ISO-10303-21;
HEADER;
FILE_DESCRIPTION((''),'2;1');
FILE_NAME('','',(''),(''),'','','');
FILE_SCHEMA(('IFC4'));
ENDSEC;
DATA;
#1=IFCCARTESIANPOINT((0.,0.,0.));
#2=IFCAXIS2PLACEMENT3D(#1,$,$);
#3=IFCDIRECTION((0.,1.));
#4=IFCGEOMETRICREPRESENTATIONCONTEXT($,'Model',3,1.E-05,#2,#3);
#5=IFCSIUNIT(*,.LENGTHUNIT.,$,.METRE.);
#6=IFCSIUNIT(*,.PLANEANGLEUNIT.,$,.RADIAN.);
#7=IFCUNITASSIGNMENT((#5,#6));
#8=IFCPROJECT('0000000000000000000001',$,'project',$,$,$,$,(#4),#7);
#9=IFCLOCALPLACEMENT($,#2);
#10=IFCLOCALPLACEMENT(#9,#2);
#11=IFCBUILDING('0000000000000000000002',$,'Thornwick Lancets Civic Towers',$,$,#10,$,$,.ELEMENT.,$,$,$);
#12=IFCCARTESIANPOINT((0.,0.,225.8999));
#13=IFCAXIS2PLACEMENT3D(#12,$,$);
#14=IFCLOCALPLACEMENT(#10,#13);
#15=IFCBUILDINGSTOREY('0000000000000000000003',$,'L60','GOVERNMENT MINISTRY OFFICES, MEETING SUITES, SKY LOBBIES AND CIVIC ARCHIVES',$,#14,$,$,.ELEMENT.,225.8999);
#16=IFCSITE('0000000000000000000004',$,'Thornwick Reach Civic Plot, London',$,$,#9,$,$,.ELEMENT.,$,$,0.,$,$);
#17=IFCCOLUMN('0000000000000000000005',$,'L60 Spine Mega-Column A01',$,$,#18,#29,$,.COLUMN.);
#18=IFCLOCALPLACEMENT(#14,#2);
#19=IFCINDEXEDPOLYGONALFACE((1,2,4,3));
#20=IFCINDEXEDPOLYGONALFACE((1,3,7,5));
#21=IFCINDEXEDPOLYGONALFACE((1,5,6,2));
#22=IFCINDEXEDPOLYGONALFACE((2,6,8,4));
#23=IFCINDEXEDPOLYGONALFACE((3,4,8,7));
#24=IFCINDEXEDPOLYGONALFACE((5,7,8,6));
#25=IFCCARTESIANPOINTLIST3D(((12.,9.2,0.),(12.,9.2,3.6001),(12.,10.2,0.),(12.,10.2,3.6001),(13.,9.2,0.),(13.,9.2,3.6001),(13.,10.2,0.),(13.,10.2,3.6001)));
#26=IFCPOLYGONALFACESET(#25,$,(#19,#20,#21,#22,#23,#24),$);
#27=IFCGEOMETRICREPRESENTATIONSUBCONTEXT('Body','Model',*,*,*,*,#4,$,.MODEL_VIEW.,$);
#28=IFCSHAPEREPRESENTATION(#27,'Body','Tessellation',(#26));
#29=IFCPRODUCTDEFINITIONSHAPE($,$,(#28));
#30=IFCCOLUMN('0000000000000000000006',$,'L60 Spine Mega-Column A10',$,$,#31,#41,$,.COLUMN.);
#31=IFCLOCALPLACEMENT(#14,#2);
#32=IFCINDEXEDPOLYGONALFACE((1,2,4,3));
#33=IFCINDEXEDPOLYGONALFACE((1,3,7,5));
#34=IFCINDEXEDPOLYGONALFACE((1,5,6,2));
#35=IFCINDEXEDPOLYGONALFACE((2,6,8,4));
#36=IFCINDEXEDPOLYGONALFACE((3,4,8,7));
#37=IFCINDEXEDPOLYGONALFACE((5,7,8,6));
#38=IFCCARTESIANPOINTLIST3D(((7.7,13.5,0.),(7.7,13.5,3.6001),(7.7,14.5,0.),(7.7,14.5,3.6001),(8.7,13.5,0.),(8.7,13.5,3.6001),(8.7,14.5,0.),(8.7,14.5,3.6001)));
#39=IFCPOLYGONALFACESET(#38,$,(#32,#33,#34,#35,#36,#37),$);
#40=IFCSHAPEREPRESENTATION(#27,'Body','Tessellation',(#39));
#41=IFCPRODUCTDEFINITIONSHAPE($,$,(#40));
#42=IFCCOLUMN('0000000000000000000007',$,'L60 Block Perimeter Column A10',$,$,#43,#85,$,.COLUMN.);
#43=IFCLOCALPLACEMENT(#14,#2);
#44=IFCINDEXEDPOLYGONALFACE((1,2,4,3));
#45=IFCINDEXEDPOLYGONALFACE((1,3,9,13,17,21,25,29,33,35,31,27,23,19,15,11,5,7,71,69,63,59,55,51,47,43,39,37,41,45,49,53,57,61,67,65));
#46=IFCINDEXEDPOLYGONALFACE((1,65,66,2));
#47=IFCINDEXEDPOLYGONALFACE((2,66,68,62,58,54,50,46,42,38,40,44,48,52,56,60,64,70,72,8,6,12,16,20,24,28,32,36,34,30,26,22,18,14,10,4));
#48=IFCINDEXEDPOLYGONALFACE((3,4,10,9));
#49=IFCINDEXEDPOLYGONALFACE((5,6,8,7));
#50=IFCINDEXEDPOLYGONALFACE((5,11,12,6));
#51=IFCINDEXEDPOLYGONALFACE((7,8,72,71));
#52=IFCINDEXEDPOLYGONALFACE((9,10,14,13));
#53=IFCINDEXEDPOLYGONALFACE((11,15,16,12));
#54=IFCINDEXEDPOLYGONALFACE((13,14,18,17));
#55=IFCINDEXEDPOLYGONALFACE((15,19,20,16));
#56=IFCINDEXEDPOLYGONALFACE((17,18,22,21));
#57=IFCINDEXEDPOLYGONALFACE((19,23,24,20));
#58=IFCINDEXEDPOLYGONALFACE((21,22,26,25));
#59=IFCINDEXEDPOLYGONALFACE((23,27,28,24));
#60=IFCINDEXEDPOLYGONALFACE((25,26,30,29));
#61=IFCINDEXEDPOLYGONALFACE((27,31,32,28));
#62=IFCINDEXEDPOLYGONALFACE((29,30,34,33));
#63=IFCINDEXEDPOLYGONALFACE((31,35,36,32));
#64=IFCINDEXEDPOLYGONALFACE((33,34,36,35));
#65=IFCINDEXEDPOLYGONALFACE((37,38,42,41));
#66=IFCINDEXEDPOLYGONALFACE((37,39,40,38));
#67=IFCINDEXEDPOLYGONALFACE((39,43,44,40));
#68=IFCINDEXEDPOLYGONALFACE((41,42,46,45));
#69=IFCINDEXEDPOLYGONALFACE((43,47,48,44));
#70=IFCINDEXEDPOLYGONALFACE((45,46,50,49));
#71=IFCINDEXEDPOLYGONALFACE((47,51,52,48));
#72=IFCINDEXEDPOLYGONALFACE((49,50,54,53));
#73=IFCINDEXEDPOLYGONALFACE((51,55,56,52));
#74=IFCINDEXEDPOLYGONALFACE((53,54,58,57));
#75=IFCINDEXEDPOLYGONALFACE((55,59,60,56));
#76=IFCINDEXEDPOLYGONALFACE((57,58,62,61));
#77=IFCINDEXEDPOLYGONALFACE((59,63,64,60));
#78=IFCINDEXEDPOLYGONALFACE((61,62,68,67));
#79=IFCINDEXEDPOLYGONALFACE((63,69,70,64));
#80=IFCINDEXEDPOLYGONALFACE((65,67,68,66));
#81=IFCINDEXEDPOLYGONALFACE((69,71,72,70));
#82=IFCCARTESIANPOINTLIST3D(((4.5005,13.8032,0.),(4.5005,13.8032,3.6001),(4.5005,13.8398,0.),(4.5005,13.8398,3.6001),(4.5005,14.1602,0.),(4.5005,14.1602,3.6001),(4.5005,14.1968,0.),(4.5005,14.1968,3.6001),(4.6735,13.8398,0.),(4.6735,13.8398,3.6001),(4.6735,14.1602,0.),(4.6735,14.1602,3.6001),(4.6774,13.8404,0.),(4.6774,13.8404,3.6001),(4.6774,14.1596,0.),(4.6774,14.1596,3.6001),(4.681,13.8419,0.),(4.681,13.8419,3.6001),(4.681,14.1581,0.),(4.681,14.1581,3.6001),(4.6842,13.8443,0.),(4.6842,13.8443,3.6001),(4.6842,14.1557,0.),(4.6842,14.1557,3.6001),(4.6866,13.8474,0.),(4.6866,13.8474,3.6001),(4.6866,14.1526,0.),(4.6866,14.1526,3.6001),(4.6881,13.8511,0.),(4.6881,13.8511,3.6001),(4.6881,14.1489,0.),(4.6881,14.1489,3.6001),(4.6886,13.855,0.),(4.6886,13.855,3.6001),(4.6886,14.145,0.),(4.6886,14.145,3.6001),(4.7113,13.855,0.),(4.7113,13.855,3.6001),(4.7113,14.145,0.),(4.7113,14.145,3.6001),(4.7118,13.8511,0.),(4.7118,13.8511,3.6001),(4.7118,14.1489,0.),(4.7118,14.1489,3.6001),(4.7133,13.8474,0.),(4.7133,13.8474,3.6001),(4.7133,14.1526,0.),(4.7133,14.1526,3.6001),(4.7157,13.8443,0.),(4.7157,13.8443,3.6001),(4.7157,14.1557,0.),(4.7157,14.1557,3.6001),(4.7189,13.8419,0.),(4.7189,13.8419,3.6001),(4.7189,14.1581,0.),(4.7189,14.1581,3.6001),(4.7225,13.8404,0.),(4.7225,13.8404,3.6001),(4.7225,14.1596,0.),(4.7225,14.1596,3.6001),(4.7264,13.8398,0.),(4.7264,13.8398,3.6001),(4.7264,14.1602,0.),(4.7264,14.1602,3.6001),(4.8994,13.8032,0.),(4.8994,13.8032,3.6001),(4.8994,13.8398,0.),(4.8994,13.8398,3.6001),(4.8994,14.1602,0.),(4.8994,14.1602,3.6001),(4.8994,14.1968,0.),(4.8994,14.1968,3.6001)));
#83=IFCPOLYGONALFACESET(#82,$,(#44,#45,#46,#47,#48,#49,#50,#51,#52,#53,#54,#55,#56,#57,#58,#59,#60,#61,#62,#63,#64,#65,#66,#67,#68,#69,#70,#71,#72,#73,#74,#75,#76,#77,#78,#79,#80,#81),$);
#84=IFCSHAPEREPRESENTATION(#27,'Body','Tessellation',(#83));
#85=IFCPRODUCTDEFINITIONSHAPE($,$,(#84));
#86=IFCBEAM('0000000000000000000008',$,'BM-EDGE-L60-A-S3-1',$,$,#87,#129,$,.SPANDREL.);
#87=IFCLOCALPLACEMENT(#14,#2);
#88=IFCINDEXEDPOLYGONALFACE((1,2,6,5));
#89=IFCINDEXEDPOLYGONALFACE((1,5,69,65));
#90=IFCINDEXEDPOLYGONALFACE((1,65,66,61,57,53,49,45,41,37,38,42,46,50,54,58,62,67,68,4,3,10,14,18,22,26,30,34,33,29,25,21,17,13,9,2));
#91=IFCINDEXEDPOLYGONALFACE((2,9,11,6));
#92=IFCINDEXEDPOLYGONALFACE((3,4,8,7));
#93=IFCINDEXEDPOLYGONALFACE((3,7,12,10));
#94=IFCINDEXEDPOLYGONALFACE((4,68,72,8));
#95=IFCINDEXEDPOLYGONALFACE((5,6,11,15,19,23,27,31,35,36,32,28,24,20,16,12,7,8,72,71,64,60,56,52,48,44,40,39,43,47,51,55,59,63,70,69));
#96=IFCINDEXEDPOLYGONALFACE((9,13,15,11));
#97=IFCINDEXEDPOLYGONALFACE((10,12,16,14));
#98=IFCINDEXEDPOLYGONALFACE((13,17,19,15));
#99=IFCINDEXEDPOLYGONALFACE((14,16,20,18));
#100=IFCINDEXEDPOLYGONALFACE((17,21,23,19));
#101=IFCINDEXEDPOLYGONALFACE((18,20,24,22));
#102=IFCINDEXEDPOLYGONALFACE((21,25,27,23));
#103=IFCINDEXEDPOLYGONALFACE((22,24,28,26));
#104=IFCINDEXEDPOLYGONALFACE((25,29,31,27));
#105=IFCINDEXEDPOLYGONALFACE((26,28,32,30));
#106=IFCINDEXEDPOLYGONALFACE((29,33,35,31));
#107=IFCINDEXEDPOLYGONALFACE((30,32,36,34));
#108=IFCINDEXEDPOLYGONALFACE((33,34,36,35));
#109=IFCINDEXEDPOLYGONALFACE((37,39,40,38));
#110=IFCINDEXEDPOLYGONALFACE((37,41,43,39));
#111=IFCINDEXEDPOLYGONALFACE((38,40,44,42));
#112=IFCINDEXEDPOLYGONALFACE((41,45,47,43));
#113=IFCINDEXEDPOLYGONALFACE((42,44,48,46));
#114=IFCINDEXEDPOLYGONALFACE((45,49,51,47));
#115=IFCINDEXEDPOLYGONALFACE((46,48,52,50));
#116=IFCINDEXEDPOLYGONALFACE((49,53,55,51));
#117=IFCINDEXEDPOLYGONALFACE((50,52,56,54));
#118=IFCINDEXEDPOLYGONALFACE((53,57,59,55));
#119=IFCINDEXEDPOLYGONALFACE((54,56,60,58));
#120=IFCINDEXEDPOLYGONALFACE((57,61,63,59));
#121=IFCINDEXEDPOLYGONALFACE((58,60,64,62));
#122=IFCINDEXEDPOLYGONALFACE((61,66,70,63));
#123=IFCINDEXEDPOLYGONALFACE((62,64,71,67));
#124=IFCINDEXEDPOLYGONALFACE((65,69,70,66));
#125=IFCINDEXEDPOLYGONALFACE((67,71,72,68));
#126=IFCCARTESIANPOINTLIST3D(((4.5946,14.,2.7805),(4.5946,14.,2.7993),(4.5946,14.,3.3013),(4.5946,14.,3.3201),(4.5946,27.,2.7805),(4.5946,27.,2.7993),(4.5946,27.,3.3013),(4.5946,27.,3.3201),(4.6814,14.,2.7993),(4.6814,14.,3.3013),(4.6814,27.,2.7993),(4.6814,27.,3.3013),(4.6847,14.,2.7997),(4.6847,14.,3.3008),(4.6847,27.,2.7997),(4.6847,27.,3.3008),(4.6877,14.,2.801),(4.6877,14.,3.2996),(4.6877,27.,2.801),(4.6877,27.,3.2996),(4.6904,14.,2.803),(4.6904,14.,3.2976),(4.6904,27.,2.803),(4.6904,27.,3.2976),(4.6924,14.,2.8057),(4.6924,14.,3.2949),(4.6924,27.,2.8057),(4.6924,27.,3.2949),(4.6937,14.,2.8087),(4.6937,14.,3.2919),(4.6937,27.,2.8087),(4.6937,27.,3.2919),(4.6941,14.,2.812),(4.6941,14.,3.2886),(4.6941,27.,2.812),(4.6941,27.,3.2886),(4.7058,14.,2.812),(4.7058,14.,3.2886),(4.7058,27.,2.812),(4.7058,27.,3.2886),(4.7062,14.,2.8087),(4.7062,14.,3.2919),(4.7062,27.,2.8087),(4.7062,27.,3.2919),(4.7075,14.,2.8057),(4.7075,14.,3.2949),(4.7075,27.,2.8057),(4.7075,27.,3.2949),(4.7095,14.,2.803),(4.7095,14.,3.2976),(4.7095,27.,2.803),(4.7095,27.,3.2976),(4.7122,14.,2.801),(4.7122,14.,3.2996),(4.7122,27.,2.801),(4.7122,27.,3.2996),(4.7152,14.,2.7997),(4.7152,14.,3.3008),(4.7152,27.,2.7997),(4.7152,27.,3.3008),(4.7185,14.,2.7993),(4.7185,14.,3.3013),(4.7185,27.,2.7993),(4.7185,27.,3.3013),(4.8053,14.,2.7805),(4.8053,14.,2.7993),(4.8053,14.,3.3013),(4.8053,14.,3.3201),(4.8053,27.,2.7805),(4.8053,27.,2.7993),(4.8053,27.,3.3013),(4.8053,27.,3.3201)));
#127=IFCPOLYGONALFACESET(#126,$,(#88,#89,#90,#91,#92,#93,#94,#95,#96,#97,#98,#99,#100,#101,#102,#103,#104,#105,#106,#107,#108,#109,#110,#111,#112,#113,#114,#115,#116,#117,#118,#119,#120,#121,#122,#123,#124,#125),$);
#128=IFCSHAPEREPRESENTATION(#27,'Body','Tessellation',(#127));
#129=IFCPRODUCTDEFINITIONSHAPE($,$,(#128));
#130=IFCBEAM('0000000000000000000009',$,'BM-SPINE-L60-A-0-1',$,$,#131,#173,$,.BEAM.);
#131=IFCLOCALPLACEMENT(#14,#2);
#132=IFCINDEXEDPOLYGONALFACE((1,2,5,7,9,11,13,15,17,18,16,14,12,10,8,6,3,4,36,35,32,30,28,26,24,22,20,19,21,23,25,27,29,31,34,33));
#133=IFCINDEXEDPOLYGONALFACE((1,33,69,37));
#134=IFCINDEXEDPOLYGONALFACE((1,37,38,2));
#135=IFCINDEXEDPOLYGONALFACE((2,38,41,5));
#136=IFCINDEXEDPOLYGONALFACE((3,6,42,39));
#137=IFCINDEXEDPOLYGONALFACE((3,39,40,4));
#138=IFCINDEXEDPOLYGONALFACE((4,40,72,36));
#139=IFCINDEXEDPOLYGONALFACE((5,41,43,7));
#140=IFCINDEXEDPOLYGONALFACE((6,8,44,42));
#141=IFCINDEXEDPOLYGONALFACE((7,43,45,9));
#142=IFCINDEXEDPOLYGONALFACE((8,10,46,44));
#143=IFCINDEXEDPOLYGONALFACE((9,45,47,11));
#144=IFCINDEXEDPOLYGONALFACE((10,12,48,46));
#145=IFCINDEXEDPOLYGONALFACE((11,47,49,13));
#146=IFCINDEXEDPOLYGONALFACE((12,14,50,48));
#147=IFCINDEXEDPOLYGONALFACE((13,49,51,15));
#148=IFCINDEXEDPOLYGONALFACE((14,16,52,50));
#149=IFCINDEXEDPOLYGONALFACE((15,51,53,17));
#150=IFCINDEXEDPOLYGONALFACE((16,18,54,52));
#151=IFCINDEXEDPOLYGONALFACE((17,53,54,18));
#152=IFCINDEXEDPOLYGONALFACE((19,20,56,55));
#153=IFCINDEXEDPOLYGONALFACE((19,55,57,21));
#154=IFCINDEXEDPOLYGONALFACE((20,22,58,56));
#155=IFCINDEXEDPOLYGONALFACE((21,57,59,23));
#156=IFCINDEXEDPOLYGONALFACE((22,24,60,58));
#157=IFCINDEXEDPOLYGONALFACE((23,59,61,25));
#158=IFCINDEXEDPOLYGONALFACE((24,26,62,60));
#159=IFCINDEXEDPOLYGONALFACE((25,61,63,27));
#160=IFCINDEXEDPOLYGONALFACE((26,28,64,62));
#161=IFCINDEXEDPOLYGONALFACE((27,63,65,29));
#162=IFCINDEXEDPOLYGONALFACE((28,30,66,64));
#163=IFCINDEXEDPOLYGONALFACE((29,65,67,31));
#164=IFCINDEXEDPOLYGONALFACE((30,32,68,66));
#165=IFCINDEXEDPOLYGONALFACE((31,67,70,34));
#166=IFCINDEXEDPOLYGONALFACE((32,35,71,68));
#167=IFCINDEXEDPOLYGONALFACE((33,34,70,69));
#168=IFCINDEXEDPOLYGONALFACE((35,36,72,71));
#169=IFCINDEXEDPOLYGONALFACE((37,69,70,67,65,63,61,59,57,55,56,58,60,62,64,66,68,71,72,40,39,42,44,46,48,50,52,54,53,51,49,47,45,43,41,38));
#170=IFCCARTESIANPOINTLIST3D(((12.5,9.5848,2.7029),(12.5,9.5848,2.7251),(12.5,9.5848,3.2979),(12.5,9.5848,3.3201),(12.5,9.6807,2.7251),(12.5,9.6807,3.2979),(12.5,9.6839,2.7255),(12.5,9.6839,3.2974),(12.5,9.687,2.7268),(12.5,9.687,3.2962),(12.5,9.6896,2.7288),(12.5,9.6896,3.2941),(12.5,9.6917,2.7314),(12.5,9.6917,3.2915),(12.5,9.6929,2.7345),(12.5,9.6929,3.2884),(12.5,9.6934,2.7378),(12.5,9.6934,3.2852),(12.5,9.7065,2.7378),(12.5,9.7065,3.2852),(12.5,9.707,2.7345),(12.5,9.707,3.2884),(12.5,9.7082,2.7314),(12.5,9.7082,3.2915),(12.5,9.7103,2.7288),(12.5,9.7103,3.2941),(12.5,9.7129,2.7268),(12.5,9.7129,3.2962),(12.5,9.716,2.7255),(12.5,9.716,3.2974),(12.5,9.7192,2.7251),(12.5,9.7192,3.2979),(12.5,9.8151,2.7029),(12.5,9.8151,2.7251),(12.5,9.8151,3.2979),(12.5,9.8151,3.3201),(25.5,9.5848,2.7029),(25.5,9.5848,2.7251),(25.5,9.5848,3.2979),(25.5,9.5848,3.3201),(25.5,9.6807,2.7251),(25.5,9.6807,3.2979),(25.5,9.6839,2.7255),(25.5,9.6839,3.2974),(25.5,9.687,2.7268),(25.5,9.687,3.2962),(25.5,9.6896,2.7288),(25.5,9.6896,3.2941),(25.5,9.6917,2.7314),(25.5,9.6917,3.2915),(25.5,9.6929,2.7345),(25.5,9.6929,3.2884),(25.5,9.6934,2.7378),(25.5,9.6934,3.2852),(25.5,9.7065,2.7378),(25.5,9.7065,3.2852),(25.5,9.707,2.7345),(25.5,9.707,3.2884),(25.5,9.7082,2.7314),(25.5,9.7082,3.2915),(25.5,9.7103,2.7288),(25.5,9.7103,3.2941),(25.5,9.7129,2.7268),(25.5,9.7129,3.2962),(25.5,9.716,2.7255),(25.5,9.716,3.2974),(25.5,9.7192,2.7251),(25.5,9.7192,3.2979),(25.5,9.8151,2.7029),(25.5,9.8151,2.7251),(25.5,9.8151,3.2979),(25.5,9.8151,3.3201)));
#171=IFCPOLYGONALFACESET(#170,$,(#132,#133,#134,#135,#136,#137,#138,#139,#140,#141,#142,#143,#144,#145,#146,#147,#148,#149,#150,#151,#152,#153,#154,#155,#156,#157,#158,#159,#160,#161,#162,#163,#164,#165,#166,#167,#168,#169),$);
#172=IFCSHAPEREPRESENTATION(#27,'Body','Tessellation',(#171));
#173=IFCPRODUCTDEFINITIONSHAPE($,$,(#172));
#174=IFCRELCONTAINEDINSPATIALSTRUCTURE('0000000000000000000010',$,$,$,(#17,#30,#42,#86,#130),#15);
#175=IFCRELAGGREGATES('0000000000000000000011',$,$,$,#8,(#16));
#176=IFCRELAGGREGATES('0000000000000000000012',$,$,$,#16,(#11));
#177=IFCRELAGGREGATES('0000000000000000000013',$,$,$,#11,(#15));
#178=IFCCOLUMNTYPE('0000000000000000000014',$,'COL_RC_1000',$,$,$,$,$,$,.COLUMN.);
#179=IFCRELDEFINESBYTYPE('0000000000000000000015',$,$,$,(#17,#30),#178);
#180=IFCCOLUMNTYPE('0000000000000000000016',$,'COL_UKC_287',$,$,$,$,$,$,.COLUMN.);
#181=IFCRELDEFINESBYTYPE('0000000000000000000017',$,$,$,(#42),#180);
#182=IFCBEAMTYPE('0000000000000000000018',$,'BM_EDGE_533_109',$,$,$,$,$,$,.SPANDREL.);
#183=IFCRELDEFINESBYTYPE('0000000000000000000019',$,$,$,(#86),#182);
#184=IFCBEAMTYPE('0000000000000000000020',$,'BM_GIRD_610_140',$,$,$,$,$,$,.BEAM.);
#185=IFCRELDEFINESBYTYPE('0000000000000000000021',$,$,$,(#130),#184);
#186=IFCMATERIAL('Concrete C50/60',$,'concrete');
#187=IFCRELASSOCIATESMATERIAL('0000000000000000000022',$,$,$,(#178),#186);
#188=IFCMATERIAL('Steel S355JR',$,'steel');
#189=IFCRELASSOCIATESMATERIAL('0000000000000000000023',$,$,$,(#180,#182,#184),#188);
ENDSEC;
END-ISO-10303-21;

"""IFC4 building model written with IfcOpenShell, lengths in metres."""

from ifc_helpers import new_model, si_unit, direction, frame, origin, origin_2d, place, context, subcontext, project, spatial, rectangle, i_section, extrude, material, material_profile, profile_set, type_object, element, save


model = new_model("IFC4")

# Units and contexts
model_context = context("Model", 3, precision=1e-05, world=origin(), true_north=direction((0.0, 1.0)))
body_context = subcontext(model_context, "Body", "Model", "MODEL_VIEW")
ifc_project = project(units=[si_unit("LENGTHUNIT", "METRE"), si_unit("PLANEANGLEUNIT", "RADIAN")], contexts=[model_context])

# Site, building, storey
site_placement = place(None, origin())
site = spatial("IfcSite", under=ifc_project, at=site_placement, Name="Thornwick Reach Civic Plot, London", CompositionType="ELEMENT", RefElevation=0.0)
building_placement = place(site_placement, origin())
building = spatial("IfcBuilding", under=site, at=building_placement, Name="Thornwick Lancets Civic Towers", CompositionType="ELEMENT")
storey_placement = place(building_placement, frame((0.0, 0.0, 225.8999)))
storey = spatial("IfcBuildingStorey", under=building, at=storey_placement, Name="L60", Description="GOVERNMENT MINISTRY OFFICES, MEETING SUITES, SKY LOBBIES AND CIVIC ARCHIVES", CompositionType="ELEMENT", Elevation=225.8999)

# Columns
ifc_material_1 = material(Name="Concrete C50/60", Category="concrete")
ifc_material_profile_1 = material_profile(ifc_material_1, rectangle(XDim=1.0, YDim=1.0, at=origin_2d()), Name="RC 1000x1000")
ifc_profile_set_1 = profile_set([ifc_material_profile_1], Name="Concrete C50/60")
column_type_1 = type_object("IfcColumnType", Name="COL_RC_1000", PredefinedType="COLUMN", material=ifc_profile_set_1)
for number, where, z_axis, x_axis, name in (
    (1, (12.5, 9.7, 0.0), (0.0, 0.0, 1.0), (1.0, 0.0, 0.0), "L60 Spine Mega-Column A01"),
    (2, (8.2, 14.0, 0.0), (0.0, 0.0, 1.0), (1.0, 0.0, 0.0), "L60 Spine Mega-Column A10"),
):
    element("IfcColumn", number, at=place(storey_placement, frame(where, z_axis=z_axis, x_axis=x_axis)), inside=storey, type_object=column_type_1, Name=name, PredefinedType="COLUMN", context=body_context, shape_type="SweptSolid", body=[
        extrude(rectangle(XDim=1.0, YDim=1.0, at=origin_2d()), origin(), (0.0, 0.0, 1.0), 3.6001),
    ])
ifc_material_2 = material(Name="Steel S355JR", Category="steel")
ifc_material_profile_2 = material_profile(ifc_material_2, i_section(OverallWidth=0.3989, OverallDepth=0.3936, WebThickness=0.0227, FlangeThickness=0.0366, FilletRadius=0.0151, at=origin_2d()), Name="UKC 356x406x287")
ifc_profile_set_2 = profile_set([ifc_material_profile_2], Name="Steel S355JR")
column_type_2 = type_object("IfcColumnType", Name="COL_UKC_287", PredefinedType="COLUMN", material=ifc_profile_set_2)
column_placement = place(storey_placement, frame((4.7, 14.0, 0.0), z_axis=(0.0, 0.0, 1.0), x_axis=(1.0, 0.0, 0.0)))
element("IfcColumn", 3, at=column_placement, inside=storey, type_object=column_type_2, Name="L60 Block Perimeter Column A10", PredefinedType="COLUMN", context=body_context, shape_type="SweptSolid", body=[
    extrude(i_section(OverallWidth=0.3989, OverallDepth=0.3936, WebThickness=0.0227, FlangeThickness=0.0366, FilletRadius=0.0151, at=origin_2d()), origin(), (0.0, 0.0, 1.0), 3.6001),
])

# Beams
ifc_material_profile_3 = material_profile(ifc_material_2, i_section(OverallWidth=0.2107, OverallDepth=0.5396, WebThickness=0.0117, FlangeThickness=0.0188, FilletRadius=0.0127, at=origin_2d()), Name="UKB 533x210x109")
ifc_profile_set_3 = profile_set([ifc_material_profile_3], Name="Steel S355JR")
beam_type_1 = type_object("IfcBeamType", Name="BM_EDGE_533_109", PredefinedType="SPANDREL", material=ifc_profile_set_3)
beam_placement = place(storey_placement, frame((4.7, 14.0, 3.0503), z_axis=(0.0, 1.0, 0.0), x_axis=(-1.0, 0.0, 0.0)))
element("IfcBeam", 4, at=beam_placement, inside=storey, type_object=beam_type_1, Name="BM-EDGE-L60-A-S3-1", PredefinedType="SPANDREL", context=body_context, shape_type="SweptSolid", body=[
    extrude(i_section(OverallWidth=0.2107, OverallDepth=0.5396, WebThickness=0.0117, FlangeThickness=0.0188, FilletRadius=0.0127, at=origin_2d()), origin(), (0.0, 0.0, 1.0), 13.0),
])
ifc_material_profile_4 = material_profile(ifc_material_2, i_section(OverallWidth=0.2302, OverallDepth=0.6172, WebThickness=0.0132, FlangeThickness=0.0222, FilletRadius=0.0127, at=origin_2d()), Name="UKB 610x229x140")
ifc_profile_set_4 = profile_set([ifc_material_profile_4], Name="Steel S355JR")
beam_type_2 = type_object("IfcBeamType", Name="BM_GIRD_610_140", PredefinedType="BEAM", material=ifc_profile_set_4)
for number, where, z_axis, x_axis, name in (
    (5, (12.5, 9.7, 3.0115), (1.0, 0.0, 0.0), (0.0, 1.0, 0.0), "BM-SPINE-L60-A-0-1"),
):
    element("IfcBeam", number, at=place(storey_placement, frame(where, z_axis=z_axis, x_axis=x_axis)), inside=storey, type_object=beam_type_2, Name=name, PredefinedType="BEAM", context=body_context, shape_type="SweptSolid", body=[
        extrude(i_section(OverallWidth=0.2302, OverallDepth=0.6172, WebThickness=0.0132, FlangeThickness=0.0222, FilletRadius=0.0127, at=origin_2d()), origin(), (0.0, 0.0, 1.0), 13.0),
    ])

save(model, "model.ifc")
